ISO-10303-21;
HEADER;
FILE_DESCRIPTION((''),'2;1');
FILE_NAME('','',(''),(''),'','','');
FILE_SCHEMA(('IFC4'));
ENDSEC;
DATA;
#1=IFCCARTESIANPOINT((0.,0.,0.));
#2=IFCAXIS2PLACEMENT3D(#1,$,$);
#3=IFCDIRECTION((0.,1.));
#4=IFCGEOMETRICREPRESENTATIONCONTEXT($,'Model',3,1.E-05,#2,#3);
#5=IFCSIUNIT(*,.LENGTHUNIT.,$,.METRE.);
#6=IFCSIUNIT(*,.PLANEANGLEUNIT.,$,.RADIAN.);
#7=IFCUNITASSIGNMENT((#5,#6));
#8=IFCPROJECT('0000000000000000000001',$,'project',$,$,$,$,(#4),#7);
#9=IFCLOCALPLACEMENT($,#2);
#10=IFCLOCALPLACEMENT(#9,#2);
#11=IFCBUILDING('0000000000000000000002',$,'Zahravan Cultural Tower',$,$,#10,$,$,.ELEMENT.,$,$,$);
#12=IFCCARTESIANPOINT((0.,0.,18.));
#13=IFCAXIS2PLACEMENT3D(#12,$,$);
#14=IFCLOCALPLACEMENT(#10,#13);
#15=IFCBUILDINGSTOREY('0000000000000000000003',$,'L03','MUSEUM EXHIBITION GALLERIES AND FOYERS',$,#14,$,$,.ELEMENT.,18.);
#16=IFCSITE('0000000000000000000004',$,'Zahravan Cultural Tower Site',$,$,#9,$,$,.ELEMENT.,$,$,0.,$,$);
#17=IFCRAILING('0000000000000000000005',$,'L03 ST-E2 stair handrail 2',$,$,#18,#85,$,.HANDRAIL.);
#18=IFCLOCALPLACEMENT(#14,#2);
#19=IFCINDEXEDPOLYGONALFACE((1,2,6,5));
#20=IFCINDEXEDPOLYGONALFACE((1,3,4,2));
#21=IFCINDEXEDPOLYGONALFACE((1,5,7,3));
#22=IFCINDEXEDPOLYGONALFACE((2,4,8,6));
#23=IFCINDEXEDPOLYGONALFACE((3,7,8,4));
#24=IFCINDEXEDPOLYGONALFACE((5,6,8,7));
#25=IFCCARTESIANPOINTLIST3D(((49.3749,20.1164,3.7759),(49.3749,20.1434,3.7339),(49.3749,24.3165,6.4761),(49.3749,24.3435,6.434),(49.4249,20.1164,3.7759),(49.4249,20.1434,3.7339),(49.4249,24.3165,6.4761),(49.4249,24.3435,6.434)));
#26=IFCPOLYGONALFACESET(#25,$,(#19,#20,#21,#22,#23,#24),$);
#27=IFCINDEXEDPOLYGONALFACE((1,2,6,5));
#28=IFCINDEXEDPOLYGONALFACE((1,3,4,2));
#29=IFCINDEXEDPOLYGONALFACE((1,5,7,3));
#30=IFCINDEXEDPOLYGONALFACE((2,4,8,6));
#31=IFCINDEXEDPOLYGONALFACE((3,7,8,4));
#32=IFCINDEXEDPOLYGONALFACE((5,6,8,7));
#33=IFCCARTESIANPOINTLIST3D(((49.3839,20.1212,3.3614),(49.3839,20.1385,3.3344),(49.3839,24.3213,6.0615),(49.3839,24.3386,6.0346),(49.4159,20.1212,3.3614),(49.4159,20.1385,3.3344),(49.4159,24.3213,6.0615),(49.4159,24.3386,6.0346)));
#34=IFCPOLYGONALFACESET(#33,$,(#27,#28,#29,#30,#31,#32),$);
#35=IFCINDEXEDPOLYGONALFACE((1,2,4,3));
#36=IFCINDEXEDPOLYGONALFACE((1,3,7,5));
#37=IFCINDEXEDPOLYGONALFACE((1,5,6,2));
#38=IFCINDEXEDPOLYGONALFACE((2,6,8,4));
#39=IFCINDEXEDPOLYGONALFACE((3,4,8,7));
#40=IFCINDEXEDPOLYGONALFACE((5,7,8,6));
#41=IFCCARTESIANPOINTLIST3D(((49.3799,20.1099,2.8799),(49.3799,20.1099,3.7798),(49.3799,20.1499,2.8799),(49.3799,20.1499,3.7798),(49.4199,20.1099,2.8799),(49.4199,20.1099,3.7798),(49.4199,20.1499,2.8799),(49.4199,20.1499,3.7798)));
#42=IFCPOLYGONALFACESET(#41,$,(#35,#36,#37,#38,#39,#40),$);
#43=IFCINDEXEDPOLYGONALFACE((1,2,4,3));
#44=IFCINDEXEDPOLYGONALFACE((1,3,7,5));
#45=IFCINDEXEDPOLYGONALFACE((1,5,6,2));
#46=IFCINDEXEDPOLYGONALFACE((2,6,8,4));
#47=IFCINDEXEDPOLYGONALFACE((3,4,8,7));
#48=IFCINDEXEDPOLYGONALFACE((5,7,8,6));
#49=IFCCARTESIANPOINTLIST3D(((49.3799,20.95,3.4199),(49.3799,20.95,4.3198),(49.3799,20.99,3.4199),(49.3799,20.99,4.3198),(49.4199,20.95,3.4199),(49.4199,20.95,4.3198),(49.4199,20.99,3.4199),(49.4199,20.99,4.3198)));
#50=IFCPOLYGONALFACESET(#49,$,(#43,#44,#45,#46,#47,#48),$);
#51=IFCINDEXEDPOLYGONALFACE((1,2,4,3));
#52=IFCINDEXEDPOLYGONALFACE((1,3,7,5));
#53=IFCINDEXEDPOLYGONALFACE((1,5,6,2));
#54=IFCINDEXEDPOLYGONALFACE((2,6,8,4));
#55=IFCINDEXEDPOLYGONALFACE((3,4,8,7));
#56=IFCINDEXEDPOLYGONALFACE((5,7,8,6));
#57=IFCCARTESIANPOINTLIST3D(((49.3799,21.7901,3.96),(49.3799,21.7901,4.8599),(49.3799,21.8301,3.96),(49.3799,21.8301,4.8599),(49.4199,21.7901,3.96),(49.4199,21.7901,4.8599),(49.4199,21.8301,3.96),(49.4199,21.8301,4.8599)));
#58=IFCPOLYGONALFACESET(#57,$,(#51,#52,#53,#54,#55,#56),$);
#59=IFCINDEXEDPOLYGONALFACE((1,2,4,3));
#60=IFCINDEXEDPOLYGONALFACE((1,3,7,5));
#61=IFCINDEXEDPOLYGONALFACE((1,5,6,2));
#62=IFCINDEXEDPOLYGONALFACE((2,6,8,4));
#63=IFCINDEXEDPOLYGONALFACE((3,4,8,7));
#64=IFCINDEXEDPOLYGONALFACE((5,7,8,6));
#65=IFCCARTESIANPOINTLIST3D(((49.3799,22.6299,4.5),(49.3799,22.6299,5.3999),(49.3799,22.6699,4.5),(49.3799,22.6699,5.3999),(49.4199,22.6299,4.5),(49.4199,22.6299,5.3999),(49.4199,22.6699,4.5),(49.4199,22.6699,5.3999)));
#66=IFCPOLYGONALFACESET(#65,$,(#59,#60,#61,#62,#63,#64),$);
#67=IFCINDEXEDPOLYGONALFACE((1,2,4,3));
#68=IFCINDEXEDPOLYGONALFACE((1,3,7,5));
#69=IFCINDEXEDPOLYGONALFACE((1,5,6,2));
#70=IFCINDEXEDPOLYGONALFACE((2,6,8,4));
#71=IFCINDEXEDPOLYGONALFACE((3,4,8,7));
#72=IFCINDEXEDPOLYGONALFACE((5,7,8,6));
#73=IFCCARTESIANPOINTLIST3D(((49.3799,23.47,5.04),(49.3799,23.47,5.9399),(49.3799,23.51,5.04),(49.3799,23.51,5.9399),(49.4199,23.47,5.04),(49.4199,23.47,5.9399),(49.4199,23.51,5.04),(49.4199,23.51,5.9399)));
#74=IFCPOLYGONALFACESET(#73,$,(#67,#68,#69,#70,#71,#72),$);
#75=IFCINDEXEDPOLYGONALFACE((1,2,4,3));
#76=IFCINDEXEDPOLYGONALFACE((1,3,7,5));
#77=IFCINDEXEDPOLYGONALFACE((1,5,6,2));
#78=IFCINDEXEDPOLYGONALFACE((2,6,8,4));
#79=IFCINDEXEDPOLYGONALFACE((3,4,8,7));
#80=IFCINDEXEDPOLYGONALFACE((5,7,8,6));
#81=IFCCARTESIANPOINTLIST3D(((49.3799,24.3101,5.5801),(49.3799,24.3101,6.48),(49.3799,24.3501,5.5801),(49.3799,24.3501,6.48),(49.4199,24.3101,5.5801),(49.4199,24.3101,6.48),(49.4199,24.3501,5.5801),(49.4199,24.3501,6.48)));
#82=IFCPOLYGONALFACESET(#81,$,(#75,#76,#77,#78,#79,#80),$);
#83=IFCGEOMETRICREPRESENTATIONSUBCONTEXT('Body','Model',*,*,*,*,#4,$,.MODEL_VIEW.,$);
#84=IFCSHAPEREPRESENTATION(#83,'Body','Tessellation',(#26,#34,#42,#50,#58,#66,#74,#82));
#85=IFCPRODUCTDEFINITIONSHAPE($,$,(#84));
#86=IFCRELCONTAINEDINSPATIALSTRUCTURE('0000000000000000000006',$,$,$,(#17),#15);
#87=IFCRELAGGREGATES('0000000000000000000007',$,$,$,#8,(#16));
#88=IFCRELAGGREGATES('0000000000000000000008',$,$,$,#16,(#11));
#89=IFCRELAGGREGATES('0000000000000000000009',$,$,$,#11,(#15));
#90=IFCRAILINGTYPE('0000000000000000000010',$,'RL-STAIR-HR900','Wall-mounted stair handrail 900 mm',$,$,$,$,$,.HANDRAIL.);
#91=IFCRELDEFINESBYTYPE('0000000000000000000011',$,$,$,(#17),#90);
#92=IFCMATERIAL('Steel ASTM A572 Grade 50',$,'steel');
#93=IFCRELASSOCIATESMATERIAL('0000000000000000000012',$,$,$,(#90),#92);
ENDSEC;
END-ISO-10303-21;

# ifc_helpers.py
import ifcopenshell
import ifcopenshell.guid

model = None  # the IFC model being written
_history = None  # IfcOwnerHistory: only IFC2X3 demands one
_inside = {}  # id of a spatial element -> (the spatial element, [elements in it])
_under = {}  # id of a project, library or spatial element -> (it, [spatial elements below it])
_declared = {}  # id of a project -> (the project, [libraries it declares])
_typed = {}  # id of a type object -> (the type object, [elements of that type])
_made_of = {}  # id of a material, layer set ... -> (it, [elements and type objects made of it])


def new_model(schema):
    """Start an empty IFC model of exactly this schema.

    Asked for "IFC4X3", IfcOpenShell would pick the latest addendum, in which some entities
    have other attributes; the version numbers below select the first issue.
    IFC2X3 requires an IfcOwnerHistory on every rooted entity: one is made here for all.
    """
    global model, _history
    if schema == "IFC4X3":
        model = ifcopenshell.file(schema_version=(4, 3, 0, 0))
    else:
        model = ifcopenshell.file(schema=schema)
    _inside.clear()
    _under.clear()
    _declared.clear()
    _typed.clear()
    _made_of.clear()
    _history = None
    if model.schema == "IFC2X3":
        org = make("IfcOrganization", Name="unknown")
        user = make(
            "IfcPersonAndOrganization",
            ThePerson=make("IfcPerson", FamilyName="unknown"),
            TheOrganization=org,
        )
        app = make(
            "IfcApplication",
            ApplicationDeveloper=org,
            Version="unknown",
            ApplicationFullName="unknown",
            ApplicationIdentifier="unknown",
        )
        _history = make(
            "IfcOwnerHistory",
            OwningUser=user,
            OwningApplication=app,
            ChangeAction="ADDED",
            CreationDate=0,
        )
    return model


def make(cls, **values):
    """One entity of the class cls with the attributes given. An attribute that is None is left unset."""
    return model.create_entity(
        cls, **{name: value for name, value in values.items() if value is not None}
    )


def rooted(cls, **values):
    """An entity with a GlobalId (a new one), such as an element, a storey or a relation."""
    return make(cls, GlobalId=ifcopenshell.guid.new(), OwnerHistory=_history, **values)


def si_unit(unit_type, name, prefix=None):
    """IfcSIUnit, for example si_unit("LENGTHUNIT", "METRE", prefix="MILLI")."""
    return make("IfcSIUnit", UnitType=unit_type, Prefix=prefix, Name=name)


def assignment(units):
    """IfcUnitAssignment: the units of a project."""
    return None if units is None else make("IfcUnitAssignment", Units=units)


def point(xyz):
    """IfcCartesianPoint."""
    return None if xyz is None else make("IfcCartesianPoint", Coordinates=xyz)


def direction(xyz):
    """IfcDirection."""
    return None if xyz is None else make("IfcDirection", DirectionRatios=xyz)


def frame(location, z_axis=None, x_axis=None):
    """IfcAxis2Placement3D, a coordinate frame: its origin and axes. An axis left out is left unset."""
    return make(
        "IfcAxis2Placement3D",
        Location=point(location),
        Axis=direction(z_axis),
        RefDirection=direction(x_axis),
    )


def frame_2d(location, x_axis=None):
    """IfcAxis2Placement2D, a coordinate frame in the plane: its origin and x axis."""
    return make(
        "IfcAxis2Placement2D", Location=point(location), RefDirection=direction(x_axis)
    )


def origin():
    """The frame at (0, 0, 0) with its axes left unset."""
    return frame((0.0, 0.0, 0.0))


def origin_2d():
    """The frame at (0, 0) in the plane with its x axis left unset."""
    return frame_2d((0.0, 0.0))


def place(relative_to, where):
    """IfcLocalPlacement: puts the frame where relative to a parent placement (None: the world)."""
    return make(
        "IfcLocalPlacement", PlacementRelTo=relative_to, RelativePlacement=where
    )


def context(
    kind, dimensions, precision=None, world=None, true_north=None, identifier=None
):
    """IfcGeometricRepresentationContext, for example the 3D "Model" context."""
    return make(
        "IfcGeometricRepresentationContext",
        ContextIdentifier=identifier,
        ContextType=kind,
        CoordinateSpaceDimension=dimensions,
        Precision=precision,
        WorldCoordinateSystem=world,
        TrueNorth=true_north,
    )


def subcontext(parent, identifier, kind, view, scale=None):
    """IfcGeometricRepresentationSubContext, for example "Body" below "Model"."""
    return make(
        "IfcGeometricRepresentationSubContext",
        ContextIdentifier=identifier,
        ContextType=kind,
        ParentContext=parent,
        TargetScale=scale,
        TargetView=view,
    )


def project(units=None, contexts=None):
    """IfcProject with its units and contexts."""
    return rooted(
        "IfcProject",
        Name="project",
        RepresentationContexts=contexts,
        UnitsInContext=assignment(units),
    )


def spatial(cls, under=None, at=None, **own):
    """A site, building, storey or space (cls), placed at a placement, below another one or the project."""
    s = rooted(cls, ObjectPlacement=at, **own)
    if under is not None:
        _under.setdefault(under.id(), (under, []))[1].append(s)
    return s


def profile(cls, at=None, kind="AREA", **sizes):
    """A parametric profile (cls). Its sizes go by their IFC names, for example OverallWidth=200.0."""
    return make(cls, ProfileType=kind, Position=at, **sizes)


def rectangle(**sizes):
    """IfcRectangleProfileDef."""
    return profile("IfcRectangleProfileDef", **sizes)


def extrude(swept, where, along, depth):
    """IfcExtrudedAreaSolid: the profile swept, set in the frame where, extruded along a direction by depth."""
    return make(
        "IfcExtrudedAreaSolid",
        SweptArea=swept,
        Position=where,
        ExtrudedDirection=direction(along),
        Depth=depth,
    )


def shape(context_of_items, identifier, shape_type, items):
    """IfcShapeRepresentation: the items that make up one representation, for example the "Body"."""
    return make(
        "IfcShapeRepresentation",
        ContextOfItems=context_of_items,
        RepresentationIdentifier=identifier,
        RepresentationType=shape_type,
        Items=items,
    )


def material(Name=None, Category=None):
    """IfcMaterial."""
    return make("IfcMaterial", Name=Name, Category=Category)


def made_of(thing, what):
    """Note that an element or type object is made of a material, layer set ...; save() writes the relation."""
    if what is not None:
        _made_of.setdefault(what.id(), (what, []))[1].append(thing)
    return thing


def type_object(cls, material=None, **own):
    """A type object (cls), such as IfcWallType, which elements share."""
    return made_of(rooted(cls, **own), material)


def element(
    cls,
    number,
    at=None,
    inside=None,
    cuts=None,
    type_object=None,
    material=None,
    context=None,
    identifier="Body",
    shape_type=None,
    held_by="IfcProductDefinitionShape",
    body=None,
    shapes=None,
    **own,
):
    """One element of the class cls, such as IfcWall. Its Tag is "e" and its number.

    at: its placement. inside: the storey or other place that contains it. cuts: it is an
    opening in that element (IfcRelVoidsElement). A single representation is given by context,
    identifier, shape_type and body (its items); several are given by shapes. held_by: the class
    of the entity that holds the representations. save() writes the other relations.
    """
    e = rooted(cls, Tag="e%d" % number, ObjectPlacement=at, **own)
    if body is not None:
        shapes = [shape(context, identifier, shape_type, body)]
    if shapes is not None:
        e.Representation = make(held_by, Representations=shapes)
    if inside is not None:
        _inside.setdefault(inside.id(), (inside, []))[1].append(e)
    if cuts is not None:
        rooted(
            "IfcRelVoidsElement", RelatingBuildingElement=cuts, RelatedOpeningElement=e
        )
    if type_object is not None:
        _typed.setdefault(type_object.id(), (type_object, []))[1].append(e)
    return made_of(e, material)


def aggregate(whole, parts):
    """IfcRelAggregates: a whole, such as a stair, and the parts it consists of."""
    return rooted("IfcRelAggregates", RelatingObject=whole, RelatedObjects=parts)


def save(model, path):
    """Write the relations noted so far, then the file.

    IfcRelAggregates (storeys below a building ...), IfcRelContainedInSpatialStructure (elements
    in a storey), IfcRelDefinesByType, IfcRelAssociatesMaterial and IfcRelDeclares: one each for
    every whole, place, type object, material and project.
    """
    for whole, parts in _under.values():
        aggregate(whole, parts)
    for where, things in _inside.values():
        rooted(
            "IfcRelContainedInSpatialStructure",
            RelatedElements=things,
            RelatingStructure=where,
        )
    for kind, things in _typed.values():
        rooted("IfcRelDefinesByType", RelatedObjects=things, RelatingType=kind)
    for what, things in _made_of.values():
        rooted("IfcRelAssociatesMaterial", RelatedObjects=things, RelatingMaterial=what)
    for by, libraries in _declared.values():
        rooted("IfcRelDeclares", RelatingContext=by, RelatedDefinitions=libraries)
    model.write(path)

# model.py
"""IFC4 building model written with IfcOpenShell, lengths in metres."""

from ifc_helpers import new_model, si_unit, direction, frame, origin, origin_2d, place, context, subcontext, project, spatial, rectangle, extrude, material, type_object, element, save


model = new_model("IFC4")

# Units and contexts
model_context = context("Model", 3, precision=1e-05, world=origin(), true_north=direction((0.0, 1.0)))
body_context = subcontext(model_context, "Body", "Model", "MODEL_VIEW")
ifc_project = project(units=[si_unit("LENGTHUNIT", "METRE"), si_unit("PLANEANGLEUNIT", "RADIAN")], contexts=[model_context])

# Site, building, storey
site_placement = place(None, origin())
site = spatial("IfcSite", under=ifc_project, at=site_placement, Name="Zahravan Cultural Tower Site", CompositionType="ELEMENT", RefElevation=0.0)
building_placement = place(site_placement, origin())
building = spatial("IfcBuilding", under=site, at=building_placement, Name="Zahravan Cultural Tower", CompositionType="ELEMENT")
storey_placement = place(building_placement, frame((0.0, 0.0, 18.0)))
storey = spatial("IfcBuildingStorey", under=building, at=storey_placement, Name="L03", Description="MUSEUM EXHIBITION GALLERIES AND FOYERS", CompositionType="ELEMENT", Elevation=18.0)

# Shared definitions
ifc_material_1 = material(Name="Steel ASTM A572 Grade 50", Category="steel")

# Railing
railing_type_1 = type_object("IfcRailingType", Name="RL-STAIR-HR900", Description="Wall-mounted stair handrail 900 mm", PredefinedType="HANDRAIL", material=ifc_material_1)
railing_1_placement = place(storey_placement, frame((49.3999, 20.1299, 2.8799)))
element("IfcRailing", 1, at=railing_1_placement, inside=storey, type_object=railing_type_1, Name="L03 ST-E2 stair handrail 2", PredefinedType="HANDRAIL", context=body_context, shape_type="SweptSolid", body=[
    extrude(rectangle(XDim=0.05, YDim=0.05, at=origin_2d()), frame((0.0, 0.0, 0.875), z_axis=(0.0, 0.841172, 0.540767), x_axis=(-1.0, 0.0, 0.0)), (0.0, 0.0, 1.0), 4.9932),
    extrude(rectangle(XDim=0.032, YDim=0.032, at=origin_2d()), frame((0.0, 0.0, 0.468), z_axis=(0.0, 0.841172, 0.540767), x_axis=(-1.0, 0.0, 0.0)), (0.0, 0.0, 1.0), 4.9932),
    extrude(rectangle(XDim=0.04, YDim=0.04, at=origin_2d()), origin(), (0.0, 0.0, 1.0), 0.8999),
    extrude(rectangle(XDim=0.04, YDim=0.04, at=origin_2d()), frame((0.0, 0.8401, 0.54)), (0.0, 0.0, 1.0), 0.8999),
    extrude(rectangle(XDim=0.04, YDim=0.04, at=origin_2d()), frame((0.0, 1.6802, 1.0801)), (0.0, 0.0, 1.0), 0.8999),
    extrude(rectangle(XDim=0.04, YDim=0.04, at=origin_2d()), frame((0.0, 2.52, 1.6201)), (0.0, 0.0, 1.0), 0.8999),
    extrude(rectangle(XDim=0.04, YDim=0.04, at=origin_2d()), frame((0.0, 3.3601, 2.1602)), (0.0, 0.0, 1.0), 0.8999),
    extrude(rectangle(XDim=0.04, YDim=0.04, at=origin_2d()), frame((0.0, 4.2002, 2.7002)), (0.0, 0.0, 1.0), 0.8999),
])

save(model, "model.ifc")
